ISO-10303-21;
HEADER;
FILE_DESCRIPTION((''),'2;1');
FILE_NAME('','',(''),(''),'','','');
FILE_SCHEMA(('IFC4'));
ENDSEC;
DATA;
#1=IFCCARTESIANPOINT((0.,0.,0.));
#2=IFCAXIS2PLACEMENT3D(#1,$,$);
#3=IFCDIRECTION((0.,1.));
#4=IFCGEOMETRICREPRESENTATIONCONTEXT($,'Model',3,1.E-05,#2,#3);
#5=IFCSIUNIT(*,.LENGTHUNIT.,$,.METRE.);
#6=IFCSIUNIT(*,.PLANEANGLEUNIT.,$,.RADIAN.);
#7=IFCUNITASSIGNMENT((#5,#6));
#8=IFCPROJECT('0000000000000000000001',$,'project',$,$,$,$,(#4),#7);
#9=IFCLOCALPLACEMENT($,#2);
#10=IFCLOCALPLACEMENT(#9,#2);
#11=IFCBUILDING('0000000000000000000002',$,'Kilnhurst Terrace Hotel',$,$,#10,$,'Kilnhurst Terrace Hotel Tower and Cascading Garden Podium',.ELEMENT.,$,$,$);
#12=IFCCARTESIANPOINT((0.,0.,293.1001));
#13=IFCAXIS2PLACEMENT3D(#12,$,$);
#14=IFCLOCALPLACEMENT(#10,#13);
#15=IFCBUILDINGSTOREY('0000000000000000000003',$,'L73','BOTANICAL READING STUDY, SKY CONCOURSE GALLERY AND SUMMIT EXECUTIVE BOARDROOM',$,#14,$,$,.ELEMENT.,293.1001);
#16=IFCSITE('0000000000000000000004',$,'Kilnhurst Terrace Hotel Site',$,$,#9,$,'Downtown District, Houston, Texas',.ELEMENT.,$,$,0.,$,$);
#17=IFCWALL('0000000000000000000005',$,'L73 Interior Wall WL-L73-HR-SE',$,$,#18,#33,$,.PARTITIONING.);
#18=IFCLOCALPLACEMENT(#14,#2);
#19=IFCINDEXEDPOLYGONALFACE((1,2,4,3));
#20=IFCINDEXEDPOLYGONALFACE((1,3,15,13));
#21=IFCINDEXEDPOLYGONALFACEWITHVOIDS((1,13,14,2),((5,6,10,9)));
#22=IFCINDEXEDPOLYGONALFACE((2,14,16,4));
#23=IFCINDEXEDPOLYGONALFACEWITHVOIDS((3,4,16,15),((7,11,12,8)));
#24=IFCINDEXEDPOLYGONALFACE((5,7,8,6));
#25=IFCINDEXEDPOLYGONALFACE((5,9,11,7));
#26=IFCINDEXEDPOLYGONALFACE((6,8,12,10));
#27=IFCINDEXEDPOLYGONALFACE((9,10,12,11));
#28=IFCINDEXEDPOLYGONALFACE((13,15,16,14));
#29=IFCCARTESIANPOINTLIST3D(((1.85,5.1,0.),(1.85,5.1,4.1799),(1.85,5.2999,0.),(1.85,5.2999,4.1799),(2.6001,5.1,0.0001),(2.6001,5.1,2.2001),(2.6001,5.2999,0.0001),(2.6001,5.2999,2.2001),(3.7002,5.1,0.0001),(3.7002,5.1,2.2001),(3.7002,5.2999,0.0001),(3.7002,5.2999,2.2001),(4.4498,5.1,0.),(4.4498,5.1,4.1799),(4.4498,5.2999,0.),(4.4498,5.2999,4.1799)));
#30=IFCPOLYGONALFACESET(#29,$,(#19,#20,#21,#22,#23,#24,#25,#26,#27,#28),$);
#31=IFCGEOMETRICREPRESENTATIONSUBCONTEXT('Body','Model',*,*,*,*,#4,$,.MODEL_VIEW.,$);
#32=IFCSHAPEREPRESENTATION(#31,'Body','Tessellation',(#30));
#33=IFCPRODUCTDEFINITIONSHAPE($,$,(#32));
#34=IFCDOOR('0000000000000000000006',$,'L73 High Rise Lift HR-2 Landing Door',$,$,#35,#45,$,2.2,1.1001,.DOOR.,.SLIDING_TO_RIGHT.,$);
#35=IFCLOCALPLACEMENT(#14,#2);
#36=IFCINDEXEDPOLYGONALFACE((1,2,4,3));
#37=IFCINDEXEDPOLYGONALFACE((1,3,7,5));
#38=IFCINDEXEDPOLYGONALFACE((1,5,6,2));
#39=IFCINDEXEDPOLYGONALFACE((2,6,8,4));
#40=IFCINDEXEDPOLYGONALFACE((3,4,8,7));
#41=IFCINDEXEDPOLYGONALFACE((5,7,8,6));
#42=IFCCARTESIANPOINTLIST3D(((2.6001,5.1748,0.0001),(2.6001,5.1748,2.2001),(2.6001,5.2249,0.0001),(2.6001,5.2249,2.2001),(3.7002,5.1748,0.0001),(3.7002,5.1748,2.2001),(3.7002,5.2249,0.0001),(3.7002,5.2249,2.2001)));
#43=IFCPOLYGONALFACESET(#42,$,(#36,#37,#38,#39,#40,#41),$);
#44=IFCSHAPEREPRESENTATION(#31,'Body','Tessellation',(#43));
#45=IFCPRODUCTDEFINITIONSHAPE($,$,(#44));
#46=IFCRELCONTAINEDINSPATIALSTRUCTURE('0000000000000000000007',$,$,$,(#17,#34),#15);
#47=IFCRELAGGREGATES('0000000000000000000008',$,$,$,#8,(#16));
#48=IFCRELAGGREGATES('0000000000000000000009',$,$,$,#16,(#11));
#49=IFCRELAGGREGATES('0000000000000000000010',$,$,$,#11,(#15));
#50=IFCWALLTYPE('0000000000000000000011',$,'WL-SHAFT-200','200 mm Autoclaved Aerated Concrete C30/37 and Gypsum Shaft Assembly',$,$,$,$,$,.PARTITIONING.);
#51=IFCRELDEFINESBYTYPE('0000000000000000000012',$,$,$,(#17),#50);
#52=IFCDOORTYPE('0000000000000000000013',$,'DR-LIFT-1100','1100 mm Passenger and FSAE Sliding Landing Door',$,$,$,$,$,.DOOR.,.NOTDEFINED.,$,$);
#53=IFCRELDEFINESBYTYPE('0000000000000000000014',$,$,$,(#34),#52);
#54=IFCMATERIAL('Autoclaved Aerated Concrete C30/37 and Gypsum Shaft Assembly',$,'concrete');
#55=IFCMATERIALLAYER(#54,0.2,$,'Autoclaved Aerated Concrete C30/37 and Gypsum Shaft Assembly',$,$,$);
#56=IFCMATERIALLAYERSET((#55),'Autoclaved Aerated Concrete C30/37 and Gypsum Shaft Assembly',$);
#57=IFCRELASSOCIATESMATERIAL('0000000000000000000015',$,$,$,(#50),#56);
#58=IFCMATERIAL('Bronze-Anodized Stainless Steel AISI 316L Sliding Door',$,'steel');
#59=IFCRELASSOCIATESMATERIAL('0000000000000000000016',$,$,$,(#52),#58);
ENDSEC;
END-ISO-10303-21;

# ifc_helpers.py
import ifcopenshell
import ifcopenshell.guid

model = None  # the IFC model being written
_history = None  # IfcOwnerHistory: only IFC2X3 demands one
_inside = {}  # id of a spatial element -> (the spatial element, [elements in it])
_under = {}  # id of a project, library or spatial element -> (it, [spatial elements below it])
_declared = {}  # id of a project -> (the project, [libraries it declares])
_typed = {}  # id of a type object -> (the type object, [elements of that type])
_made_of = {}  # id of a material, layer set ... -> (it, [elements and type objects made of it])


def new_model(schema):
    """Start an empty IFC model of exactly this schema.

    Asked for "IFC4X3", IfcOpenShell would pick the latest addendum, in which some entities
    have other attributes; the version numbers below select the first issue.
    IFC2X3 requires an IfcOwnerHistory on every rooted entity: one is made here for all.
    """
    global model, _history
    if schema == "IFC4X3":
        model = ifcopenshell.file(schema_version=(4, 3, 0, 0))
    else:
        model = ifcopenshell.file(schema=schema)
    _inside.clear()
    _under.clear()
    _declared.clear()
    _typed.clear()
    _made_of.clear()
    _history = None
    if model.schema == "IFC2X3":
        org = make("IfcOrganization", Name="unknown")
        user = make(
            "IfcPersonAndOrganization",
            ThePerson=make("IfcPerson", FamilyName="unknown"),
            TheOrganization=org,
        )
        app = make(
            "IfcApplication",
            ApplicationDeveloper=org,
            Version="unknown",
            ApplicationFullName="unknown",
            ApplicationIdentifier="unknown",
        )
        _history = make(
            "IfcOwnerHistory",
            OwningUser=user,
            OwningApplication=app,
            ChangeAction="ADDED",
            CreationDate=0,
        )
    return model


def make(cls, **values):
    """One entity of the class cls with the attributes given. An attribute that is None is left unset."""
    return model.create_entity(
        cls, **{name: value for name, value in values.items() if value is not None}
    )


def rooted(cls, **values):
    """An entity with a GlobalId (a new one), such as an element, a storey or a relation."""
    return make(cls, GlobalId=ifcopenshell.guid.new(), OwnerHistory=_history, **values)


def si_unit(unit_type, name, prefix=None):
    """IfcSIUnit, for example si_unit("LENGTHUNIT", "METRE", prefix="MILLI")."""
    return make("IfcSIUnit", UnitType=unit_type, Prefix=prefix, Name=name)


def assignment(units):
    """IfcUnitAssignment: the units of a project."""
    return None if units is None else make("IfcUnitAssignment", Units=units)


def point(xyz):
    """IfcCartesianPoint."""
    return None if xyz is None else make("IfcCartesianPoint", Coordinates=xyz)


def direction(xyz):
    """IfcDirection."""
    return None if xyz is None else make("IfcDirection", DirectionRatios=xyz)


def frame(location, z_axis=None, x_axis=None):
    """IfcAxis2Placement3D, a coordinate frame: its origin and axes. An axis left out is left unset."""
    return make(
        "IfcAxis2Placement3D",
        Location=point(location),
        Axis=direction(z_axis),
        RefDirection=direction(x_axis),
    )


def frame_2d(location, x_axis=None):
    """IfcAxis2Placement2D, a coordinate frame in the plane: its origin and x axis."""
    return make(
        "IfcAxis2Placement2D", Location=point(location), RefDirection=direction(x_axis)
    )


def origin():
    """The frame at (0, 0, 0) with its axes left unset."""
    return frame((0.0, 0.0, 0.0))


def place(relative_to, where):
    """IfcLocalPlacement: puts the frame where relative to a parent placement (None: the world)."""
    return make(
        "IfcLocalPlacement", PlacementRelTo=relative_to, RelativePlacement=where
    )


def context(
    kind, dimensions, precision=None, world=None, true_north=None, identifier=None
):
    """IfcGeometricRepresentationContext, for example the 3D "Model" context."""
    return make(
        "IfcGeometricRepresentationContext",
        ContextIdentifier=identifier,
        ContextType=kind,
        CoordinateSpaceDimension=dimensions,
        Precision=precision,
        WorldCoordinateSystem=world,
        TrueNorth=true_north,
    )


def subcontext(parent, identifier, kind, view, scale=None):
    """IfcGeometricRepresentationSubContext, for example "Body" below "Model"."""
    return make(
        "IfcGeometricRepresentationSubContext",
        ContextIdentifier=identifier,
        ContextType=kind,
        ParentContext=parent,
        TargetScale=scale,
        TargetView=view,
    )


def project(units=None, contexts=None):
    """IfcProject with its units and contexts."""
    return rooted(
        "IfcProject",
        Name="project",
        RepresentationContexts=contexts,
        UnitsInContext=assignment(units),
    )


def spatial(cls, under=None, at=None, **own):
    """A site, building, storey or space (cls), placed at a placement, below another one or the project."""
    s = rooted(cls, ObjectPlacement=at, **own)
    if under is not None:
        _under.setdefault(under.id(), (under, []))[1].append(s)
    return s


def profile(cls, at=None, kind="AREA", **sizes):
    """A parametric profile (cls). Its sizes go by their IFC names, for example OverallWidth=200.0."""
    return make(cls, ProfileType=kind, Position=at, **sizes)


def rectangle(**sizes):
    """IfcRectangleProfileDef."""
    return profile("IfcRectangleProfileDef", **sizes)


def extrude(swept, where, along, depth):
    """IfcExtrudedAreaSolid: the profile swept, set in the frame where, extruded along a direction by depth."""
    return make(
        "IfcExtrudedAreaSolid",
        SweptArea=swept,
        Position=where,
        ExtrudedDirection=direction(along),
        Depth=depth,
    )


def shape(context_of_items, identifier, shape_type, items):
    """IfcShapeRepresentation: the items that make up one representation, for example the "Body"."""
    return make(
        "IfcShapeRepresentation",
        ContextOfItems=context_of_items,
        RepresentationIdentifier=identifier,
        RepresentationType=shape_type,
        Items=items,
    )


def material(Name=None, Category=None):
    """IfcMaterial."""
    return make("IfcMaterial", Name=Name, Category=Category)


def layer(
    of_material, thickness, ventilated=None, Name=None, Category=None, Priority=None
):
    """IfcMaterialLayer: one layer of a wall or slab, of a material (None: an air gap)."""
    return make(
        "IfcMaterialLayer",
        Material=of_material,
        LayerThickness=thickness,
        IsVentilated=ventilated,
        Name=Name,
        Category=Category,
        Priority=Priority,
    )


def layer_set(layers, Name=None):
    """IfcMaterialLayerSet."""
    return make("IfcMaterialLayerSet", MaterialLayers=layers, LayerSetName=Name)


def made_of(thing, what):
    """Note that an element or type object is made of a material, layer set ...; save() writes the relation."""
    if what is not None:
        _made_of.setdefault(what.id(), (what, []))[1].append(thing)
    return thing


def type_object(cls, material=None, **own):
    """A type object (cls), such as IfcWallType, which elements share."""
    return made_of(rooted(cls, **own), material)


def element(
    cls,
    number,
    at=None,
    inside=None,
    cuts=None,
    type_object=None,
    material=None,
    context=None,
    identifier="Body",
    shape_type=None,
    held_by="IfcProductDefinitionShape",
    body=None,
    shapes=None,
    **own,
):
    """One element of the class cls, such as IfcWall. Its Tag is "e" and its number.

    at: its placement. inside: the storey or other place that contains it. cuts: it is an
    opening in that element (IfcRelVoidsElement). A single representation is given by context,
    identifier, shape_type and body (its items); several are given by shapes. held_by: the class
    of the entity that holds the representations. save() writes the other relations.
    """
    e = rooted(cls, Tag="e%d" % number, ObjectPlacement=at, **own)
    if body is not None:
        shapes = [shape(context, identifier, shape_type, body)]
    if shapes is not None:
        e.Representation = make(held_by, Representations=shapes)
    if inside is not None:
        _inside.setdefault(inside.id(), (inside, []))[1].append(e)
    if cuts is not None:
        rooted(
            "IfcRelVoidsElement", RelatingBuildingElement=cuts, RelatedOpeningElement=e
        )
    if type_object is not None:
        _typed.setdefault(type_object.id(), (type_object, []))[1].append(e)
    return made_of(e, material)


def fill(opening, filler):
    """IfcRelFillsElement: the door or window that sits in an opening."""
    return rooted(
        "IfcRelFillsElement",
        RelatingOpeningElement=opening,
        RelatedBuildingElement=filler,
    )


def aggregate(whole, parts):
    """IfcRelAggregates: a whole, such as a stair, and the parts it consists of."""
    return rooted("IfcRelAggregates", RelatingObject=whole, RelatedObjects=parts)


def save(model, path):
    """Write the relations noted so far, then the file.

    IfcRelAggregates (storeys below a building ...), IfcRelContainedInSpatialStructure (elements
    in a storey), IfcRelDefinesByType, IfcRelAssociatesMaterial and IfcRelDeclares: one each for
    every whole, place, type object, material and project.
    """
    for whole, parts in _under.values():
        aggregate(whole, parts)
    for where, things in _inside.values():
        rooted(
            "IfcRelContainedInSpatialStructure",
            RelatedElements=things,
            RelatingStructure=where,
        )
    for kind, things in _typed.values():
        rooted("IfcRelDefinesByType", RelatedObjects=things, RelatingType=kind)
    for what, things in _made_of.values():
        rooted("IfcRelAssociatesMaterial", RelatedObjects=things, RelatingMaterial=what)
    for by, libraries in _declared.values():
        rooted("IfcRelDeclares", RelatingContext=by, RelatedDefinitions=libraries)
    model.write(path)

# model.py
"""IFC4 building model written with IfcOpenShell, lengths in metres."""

from ifc_helpers import new_model, si_unit, direction, frame, frame_2d, origin, place, context, subcontext, project, spatial, rectangle, extrude, material, layer, layer_set, type_object, element, fill, save


model = new_model("IFC4")

# Units and contexts
model_context = context("Model", 3, precision=1e-05, world=origin(), true_north=direction((0.0, 1.0)))
body_context = subcontext(model_context, "Body", "Model", "MODEL_VIEW")
ifc_project = project(units=[si_unit("LENGTHUNIT", "METRE"), si_unit("PLANEANGLEUNIT", "RADIAN")], contexts=[model_context])

# Site, building, storey
site_placement = place(None, origin())
site = spatial("IfcSite", under=ifc_project, at=site_placement, Name="Kilnhurst Terrace Hotel Site", LongName="Downtown District, Houston, Texas", CompositionType="ELEMENT", RefElevation=0.0)
building_placement = place(site_placement, origin())
building = spatial("IfcBuilding", under=site, at=building_placement, Name="Kilnhurst Terrace Hotel", LongName="Kilnhurst Terrace Hotel Tower and Cascading Garden Podium", CompositionType="ELEMENT")
storey_placement = place(building_placement, frame((0.0, 0.0, 293.1001)))
storey = spatial("IfcBuildingStorey", under=building, at=storey_placement, Name="L73", Description="BOTANICAL READING STUDY, SKY CONCOURSE GALLERY AND SUMMIT EXECUTIVE BOARDROOM", CompositionType="ELEMENT", Elevation=293.1001)

# Shared definitions
ifc_material_1 = material(Name="Autoclaved Aerated Concrete C30/37 and Gypsum Shaft Assembly", Category="concrete")
ifc_layer_1 = layer(ifc_material_1, 0.2, Name="Autoclaved Aerated Concrete C30/37 and Gypsum Shaft Assembly")
ifc_layer_set_1 = layer_set([ifc_layer_1], Name="Autoclaved Aerated Concrete C30/37 and Gypsum Shaft Assembly")
wall_type_1 = type_object("IfcWallType", Name="WL-SHAFT-200", Description="200 mm Autoclaved Aerated Concrete C30/37 and Gypsum Shaft Assembly", PredefinedType="PARTITIONING", material=ifc_layer_set_1)
ifc_material_2 = material(Name="Bronze-Anodized Stainless Steel AISI 316L Sliding Door", Category="steel")
door_type_1 = type_object("IfcDoorType", Name="DR-LIFT-1100", Description="1100 mm Passenger and FSAE Sliding Landing Door", OperationType="NOTDEFINED", PredefinedType="DOOR", material=ifc_material_2)

# Wall, opening, door
wall_1_placement = place(storey_placement, frame((1.8501, 5.2, 0.0), z_axis=(0.0, 0.0, 1.0), x_axis=(1.0, 0.0, 0.0)))
wall_1 = element("IfcWall", 1, at=wall_1_placement, inside=storey, type_object=wall_type_1, Name="L73 Interior Wall WL-L73-HR-SE", PredefinedType="PARTITIONING", context=body_context, shape_type="SweptSolid", body=[
    extrude(rectangle(XDim=2.5999, YDim=0.2, at=frame_2d((1.2998, 0.0))), origin(), (0.0, 0.0, 1.0), 4.1799),
])
opening_1_placement = place(wall_1_placement, frame((0.75, 0.0, 0.0)))
opening_1 = element("IfcOpeningElement", 2, at=opening_1_placement, cuts=wall_1, PredefinedType="OPENING", context=body_context, shape_type="SweptSolid", body=[
    extrude(rectangle(XDim=1.1001, YDim=2.2, at=frame_2d((0.55, 1.1001))), frame((0.0, 0.1099, 0.0), z_axis=(0.0, -1.0, 0.0), x_axis=(1.0, 0.0, 0.0)), (0.0, 0.0, 1.0), 0.22),
])
door_1_placement = place(opening_1_placement, origin())
door_1 = element("IfcDoor", 3, at=door_1_placement, inside=storey, type_object=door_type_1, Name="L73 High Rise Lift HR-2 Landing Door", OperationType="SLIDING_TO_RIGHT", OverallHeight=2.2, OverallWidth=1.1001, PredefinedType="DOOR", context=body_context, shape_type="SweptSolid", body=[
    extrude(rectangle(XDim=1.1001, YDim=2.2, at=frame_2d((0.55, 1.1001))), frame((0.0, 0.0249, 0.0), z_axis=(0.0, -1.0, 0.0), x_axis=(1.0, 0.0, 0.0)), (0.0, 0.0, 1.0), 0.05),
])
fill(opening_1, door_1)

save(model, "model.ifc")
